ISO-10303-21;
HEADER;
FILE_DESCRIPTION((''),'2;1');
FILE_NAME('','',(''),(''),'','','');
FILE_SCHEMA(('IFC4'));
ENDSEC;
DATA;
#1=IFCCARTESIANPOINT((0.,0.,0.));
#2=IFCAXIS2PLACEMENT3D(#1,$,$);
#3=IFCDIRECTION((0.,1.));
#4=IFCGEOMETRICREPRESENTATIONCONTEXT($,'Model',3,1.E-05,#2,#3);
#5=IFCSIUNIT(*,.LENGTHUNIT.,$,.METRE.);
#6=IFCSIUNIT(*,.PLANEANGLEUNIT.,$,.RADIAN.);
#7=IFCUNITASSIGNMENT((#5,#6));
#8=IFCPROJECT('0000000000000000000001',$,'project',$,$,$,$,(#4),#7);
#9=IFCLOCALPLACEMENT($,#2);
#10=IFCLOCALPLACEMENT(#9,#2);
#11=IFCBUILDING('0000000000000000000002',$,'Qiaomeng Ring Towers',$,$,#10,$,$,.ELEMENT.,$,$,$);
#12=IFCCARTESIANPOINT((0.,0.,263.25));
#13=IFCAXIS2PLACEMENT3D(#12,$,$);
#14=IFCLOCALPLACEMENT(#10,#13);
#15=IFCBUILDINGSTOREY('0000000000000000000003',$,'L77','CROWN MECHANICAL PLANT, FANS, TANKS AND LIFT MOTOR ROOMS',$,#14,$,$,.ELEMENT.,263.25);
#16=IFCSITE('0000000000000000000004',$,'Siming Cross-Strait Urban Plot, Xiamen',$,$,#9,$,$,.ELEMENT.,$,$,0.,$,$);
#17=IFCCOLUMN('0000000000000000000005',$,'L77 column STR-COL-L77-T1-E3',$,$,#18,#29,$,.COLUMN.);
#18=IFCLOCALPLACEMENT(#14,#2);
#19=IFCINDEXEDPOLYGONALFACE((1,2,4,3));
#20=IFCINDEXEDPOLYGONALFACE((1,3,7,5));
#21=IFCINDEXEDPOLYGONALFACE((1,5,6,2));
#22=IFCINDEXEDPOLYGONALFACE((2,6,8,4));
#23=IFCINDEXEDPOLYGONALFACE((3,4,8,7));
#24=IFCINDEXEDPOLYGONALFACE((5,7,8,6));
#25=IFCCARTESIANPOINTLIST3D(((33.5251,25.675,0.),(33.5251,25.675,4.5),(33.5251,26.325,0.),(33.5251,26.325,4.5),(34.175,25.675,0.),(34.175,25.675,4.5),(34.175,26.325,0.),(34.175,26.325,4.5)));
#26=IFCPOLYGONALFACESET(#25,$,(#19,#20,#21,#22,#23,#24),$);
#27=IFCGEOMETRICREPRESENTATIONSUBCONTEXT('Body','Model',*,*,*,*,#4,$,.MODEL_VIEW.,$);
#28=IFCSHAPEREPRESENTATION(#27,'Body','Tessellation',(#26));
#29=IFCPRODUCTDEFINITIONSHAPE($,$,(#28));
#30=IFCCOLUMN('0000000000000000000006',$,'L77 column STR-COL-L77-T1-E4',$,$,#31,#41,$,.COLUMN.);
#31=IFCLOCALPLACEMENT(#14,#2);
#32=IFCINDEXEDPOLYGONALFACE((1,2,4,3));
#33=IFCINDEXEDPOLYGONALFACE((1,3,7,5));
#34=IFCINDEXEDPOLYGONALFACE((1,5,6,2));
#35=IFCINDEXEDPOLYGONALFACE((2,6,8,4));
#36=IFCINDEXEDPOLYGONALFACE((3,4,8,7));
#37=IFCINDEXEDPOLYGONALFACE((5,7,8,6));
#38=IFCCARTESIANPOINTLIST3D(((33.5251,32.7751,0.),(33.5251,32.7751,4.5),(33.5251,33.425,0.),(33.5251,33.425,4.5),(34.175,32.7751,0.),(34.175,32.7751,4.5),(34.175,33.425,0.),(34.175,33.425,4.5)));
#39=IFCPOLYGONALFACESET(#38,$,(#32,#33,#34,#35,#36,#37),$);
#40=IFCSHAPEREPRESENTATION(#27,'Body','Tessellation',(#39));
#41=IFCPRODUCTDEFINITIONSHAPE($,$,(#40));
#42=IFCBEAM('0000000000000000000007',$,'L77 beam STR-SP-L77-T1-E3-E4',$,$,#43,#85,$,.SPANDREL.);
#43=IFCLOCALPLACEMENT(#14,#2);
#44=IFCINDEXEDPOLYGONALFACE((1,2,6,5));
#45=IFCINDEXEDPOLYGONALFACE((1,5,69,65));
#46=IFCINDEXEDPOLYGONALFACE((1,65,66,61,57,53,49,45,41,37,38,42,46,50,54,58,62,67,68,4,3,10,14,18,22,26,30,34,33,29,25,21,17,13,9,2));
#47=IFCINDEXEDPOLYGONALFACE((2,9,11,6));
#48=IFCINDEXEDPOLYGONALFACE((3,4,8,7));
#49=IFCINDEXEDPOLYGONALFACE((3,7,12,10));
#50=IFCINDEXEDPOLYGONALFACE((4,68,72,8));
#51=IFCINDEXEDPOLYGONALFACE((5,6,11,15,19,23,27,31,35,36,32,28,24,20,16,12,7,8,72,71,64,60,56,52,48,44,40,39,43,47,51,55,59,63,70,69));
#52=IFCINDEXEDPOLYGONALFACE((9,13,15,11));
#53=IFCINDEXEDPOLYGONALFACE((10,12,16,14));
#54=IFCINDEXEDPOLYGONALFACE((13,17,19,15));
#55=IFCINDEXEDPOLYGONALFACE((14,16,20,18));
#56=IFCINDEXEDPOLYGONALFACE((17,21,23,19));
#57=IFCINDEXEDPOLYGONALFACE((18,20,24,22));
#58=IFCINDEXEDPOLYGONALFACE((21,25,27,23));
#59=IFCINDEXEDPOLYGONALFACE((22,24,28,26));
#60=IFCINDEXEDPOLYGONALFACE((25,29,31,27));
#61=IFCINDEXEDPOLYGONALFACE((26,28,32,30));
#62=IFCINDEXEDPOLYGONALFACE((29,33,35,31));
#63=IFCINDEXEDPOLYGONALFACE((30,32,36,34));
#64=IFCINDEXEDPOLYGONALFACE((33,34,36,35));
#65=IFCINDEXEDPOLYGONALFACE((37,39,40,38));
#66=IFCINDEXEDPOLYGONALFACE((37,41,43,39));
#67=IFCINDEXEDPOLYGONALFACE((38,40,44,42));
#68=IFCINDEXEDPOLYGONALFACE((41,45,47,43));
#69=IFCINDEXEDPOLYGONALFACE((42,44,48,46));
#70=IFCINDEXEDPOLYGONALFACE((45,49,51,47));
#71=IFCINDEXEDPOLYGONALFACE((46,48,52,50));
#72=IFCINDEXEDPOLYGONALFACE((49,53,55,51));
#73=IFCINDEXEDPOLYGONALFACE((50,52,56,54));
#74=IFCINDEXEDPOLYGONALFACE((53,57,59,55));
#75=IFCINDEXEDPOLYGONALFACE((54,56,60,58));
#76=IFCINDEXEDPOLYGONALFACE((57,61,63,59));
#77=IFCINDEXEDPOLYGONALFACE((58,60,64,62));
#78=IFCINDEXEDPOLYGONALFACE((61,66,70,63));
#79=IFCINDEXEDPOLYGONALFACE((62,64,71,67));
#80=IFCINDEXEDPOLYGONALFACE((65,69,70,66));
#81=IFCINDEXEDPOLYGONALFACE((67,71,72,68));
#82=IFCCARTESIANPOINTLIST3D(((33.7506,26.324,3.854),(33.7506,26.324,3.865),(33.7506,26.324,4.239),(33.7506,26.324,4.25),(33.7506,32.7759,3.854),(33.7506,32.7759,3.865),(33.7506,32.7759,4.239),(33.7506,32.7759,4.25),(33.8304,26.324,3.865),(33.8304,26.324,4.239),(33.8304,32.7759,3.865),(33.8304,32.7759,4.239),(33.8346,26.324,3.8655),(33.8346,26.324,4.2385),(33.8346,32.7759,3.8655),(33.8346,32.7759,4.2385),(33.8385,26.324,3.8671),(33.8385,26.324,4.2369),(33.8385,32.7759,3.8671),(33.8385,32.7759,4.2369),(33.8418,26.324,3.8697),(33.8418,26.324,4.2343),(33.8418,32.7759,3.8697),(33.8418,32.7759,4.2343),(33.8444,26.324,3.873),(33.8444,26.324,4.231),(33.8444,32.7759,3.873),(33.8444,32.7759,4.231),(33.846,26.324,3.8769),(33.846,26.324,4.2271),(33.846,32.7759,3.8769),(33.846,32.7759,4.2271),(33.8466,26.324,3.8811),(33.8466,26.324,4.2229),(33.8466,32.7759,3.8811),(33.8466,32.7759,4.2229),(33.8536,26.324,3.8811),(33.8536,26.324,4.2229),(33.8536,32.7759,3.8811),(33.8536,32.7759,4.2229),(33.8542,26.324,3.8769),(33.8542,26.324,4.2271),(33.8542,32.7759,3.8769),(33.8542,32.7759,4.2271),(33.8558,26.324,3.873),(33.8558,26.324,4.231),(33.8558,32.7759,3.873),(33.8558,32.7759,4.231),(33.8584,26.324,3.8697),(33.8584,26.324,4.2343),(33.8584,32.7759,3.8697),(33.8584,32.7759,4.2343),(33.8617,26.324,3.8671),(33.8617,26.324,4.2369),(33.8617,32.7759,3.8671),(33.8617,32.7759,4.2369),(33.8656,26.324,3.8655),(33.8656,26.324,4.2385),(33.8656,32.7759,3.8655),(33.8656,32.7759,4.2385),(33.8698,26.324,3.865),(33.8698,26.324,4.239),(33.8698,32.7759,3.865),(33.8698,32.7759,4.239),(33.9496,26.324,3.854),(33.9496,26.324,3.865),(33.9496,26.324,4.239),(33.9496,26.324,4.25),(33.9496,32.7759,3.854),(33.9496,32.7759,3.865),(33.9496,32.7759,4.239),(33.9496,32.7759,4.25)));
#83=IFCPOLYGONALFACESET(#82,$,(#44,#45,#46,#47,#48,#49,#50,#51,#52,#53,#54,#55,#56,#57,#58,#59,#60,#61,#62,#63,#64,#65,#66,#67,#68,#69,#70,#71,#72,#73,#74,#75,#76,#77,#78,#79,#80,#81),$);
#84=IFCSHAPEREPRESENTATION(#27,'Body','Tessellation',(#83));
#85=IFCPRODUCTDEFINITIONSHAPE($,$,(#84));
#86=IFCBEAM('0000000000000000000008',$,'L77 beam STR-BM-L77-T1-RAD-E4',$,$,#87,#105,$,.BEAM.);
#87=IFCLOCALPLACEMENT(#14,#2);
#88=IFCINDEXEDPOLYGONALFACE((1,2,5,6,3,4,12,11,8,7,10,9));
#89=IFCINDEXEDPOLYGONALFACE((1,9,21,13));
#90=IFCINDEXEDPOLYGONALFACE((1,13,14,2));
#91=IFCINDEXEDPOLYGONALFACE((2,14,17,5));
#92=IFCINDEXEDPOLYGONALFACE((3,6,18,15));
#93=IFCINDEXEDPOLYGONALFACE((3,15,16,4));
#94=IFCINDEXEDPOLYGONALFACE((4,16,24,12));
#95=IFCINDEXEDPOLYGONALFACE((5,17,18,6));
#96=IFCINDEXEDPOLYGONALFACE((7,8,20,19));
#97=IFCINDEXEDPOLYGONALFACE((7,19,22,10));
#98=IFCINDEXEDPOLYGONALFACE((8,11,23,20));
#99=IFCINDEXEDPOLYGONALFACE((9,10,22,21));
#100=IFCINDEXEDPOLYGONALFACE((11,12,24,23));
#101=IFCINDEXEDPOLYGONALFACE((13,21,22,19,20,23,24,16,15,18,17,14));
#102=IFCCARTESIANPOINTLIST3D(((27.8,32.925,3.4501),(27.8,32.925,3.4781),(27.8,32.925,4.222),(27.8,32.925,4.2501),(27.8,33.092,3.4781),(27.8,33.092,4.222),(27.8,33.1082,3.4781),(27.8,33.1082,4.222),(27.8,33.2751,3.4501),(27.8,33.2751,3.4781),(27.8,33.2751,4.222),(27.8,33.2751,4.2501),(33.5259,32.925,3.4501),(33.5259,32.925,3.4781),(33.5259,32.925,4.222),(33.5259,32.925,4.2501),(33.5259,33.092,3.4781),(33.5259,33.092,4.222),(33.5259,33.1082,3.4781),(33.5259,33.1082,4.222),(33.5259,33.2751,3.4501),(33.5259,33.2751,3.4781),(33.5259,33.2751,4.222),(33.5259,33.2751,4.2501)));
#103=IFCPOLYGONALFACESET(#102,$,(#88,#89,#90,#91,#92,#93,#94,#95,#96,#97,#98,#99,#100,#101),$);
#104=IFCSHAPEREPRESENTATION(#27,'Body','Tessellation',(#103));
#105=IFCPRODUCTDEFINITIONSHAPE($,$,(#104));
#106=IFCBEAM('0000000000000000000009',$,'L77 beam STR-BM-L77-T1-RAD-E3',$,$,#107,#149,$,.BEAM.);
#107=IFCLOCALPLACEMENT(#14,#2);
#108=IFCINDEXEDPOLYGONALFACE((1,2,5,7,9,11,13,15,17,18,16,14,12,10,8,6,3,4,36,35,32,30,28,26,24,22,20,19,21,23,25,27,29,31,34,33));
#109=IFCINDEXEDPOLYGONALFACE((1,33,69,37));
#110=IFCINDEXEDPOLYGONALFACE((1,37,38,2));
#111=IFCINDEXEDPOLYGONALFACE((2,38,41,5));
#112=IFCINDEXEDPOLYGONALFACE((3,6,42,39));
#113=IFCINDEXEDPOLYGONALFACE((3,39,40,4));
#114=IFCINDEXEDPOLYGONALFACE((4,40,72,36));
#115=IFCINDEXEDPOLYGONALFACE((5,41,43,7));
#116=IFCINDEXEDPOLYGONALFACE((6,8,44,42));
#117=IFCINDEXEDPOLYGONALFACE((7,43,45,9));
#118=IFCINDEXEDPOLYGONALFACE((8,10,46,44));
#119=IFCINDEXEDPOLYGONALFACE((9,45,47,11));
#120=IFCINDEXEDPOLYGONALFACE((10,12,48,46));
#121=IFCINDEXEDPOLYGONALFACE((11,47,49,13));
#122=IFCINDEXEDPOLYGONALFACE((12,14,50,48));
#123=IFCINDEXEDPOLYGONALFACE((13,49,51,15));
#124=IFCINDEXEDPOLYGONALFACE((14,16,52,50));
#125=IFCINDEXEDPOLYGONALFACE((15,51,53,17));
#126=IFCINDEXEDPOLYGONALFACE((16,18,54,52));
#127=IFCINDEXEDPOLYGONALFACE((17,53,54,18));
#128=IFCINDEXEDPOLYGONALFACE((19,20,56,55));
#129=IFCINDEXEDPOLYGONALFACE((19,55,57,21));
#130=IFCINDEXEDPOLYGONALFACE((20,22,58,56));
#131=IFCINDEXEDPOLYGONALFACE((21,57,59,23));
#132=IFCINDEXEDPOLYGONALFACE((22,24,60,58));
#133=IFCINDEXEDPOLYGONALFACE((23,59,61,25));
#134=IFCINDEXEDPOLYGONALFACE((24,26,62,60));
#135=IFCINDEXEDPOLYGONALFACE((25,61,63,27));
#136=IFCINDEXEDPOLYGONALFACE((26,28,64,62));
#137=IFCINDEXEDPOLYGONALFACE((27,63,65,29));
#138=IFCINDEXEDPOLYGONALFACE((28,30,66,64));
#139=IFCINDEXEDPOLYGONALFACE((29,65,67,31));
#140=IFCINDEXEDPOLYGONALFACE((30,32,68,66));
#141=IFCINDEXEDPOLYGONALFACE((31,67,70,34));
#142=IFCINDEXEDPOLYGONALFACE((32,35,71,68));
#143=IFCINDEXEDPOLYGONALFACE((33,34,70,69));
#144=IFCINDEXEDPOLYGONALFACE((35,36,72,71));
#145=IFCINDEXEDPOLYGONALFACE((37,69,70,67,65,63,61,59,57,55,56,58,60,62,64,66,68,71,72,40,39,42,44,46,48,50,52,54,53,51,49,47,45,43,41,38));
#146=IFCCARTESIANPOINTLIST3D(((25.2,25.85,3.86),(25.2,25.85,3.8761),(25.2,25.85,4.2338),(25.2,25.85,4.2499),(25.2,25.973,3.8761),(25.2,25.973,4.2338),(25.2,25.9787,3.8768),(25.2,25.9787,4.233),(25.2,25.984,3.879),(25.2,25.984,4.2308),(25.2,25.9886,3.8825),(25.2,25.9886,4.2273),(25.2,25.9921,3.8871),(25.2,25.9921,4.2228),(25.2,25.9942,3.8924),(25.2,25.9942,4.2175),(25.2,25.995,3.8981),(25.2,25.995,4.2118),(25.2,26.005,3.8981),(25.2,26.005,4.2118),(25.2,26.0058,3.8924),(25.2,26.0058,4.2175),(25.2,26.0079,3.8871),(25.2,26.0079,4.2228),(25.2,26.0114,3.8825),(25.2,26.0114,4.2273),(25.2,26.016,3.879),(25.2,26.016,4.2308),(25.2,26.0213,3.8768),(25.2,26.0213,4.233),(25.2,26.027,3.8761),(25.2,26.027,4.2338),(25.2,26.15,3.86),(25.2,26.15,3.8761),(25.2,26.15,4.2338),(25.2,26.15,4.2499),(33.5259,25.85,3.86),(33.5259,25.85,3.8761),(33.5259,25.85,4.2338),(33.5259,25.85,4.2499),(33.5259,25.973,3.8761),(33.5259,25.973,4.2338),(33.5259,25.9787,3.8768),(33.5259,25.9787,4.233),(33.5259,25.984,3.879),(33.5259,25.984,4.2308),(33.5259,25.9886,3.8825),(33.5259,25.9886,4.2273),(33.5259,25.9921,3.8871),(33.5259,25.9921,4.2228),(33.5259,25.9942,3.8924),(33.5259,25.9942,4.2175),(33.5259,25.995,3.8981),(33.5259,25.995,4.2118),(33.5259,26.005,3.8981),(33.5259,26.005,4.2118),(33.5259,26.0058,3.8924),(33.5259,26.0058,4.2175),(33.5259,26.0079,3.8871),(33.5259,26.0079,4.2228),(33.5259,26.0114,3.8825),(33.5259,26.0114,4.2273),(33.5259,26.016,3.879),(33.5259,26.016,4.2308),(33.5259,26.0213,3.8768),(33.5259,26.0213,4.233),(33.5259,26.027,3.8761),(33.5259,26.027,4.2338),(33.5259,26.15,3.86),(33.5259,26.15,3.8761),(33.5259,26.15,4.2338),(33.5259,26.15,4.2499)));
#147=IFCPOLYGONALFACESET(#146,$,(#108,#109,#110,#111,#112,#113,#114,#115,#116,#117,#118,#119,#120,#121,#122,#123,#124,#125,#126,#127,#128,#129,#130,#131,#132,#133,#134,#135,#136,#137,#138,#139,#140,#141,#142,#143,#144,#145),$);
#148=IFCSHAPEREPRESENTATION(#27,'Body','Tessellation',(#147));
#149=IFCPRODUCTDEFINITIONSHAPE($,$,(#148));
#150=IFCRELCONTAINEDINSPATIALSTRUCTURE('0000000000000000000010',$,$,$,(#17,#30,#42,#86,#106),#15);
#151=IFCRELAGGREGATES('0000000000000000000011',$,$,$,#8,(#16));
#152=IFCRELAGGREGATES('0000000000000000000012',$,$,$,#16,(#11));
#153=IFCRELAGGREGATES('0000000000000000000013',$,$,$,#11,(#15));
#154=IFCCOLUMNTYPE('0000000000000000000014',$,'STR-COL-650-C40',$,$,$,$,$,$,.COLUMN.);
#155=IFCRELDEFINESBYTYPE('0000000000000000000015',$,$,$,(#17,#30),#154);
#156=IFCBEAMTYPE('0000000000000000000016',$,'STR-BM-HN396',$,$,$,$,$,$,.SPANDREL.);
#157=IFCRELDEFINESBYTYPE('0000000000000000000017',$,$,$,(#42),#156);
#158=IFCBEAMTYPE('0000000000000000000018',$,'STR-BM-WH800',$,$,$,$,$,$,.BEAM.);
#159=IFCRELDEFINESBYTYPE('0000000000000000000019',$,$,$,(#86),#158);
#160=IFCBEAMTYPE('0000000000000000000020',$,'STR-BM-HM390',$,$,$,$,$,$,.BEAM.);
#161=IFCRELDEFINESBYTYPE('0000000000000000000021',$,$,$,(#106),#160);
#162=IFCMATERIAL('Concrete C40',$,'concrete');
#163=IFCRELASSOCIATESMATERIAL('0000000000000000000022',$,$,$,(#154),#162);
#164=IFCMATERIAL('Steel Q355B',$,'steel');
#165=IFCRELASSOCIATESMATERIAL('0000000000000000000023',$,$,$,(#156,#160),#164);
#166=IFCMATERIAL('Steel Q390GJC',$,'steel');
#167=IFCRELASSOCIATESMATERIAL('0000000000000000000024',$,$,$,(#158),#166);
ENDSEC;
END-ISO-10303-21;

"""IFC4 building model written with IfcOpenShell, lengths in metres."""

from ifc_helpers import new_model, si_unit, direction, frame, origin, origin_2d, place, context, subcontext, project, spatial, rectangle, i_section, extrude, source, transform, mapped, material, material_profile, profile_set, type_object, element, save


model = new_model("IFC4")

# Units and contexts
model_context = context("Model", 3, precision=1e-05, world=origin(), true_north=direction((0.0, 1.0)))
body_context = subcontext(model_context, "Body", "Model", "MODEL_VIEW")
ifc_project = project(units=[si_unit("LENGTHUNIT", "METRE"), si_unit("PLANEANGLEUNIT", "RADIAN")], contexts=[model_context])

# Site, building, storey
site_placement = place(None, origin())
site = spatial("IfcSite", under=ifc_project, at=site_placement, Name="Siming Cross-Strait Urban Plot, Xiamen", CompositionType="ELEMENT", RefElevation=0.0)
building_placement = place(site_placement, origin())
building = spatial("IfcBuilding", under=site, at=building_placement, Name="Qiaomeng Ring Towers", CompositionType="ELEMENT")
storey_placement = place(building_placement, frame((0.0, 0.0, 263.25)))
storey = spatial("IfcBuildingStorey", under=building, at=storey_placement, Name="L77", Description="CROWN MECHANICAL PLANT, FANS, TANKS AND LIFT MOTOR ROOMS", CompositionType="ELEMENT", Elevation=263.25)

# Columns
ifc_material_1 = material(Name="Concrete C40", Category="concrete")
ifc_material_profile_1 = material_profile(ifc_material_1, rectangle(XDim=0.6499, YDim=0.6499, at=origin_2d()), Name="RC COL 650x650")
ifc_profile_set_1 = profile_set([ifc_material_profile_1], Name="Concrete C40")
column_type = type_object("IfcColumnType", Name="STR-COL-650-C40", PredefinedType="COLUMN", material=ifc_profile_set_1)
shared_shape_1 = source(origin(), body_context, "Body", "SweptSolid", [
    extrude(rectangle(XDim=0.6499, YDim=0.6499, at=origin_2d()), origin(), (0.0, 0.0, 1.0), 4.5),
])
for number, where, z_axis, x_axis, name in (
    (1, (33.8501, 26.0, 0.0), (0.0, 0.0, 1.0), (1.0, 0.0, 0.0), "L77 column STR-COL-L77-T1-E3"),
    (2, (33.8501, 33.1001, 0.0), (0.0, 0.0, 1.0), (1.0, 0.0, 0.0), "L77 column STR-COL-L77-T1-E4"),
):
    element("IfcColumn", number, at=place(storey_placement, frame(where, z_axis=z_axis, x_axis=x_axis)), inside=storey, type_object=column_type, Name=name, PredefinedType="COLUMN", context=body_context, shape_type="MappedRepresentation", body=[
        mapped(shared_shape_1, transform((0.0, 0.0, 0.0), x_axis=(1.0, 0.0, 0.0), y_axis=(0.0, 1.0, 0.0), z_axis=(0.0, 0.0, 1.0), scale=1.0)),
    ])

# Beams
ifc_material_2 = material(Name="Steel Q355B", Category="steel")
ifc_material_profile_2 = material_profile(ifc_material_2, i_section(OverallWidth=0.199, OverallDepth=0.396, WebThickness=0.0071, FlangeThickness=0.011, FilletRadius=0.0161, at=origin_2d()), Name="HN 396x199x7x11")
ifc_profile_set_2 = profile_set([ifc_material_profile_2], Name="Steel Q355B")
beam_type_1 = type_object("IfcBeamType", Name="STR-BM-HN396", PredefinedType="SPANDREL", material=ifc_profile_set_2)
shared_shape_2 = source(origin(), body_context, "Body", "SweptSolid", [
    extrude(i_section(OverallWidth=0.199, OverallDepth=0.396, WebThickness=0.0071, FlangeThickness=0.011, FilletRadius=0.0161, at=origin_2d()), origin(), (0.0, 0.0, 1.0), 6.4519),
])
beam_1_placement = place(storey_placement, frame((33.8501, 26.324, 4.052), z_axis=(0.0, 1.0, 0.0), x_axis=(-1.0, 0.0, 0.0)))
element("IfcBeam", 3, at=beam_1_placement, inside=storey, type_object=beam_type_1, Name="L77 beam STR-SP-L77-T1-E3-E4", PredefinedType="SPANDREL", context=body_context, shape_type="MappedRepresentation", body=[
    mapped(shared_shape_2, transform((0.0, 0.0, 0.0), x_axis=(1.0, 0.0, 0.0), y_axis=(0.0, 1.0, 0.0), z_axis=(0.0, 0.0, 1.0), scale=1.0)),
])
ifc_material_3 = material(Name="Steel Q390GJC", Category="steel")
ifc_material_profile_3 = material_profile(ifc_material_3, i_section(OverallWidth=0.3501, OverallDepth=0.8, WebThickness=0.0161, FlangeThickness=0.0281, at=origin_2d()), Name="WH 800x350x16x28")
ifc_profile_set_3 = profile_set([ifc_material_profile_3], Name="Steel Q390GJC")
beam_type_2 = type_object("IfcBeamType", Name="STR-BM-WH800", PredefinedType="BEAM", material=ifc_profile_set_3)
shared_shape_3 = source(origin(), body_context, "Body", "SweptSolid", [
    extrude(i_section(OverallWidth=0.3501, OverallDepth=0.8, WebThickness=0.0161, FlangeThickness=0.0281, at=origin_2d()), origin(), (0.0, 0.0, 1.0), 5.7258),
])
beam_2_placement = place(storey_placement, frame((27.8, 33.1001, 3.8501), z_axis=(1.0, 0.0, 0.0), x_axis=(0.0, 1.0, 0.0)))
element("IfcBeam", 4, at=beam_2_placement, inside=storey, type_object=beam_type_2, Name="L77 beam STR-BM-L77-T1-RAD-E4", PredefinedType="BEAM", context=body_context, shape_type="MappedRepresentation", body=[
    mapped(shared_shape_3, transform((0.0, 0.0, 0.0), x_axis=(1.0, 0.0, 0.0), y_axis=(0.0, 1.0, 0.0), z_axis=(0.0, 0.0, 1.0), scale=1.0)),
])
ifc_material_profile_4 = material_profile(ifc_material_2, i_section(OverallWidth=0.3, OverallDepth=0.3899, WebThickness=0.01, FlangeThickness=0.0161, FilletRadius=0.022, at=origin_2d()), Name="HM 390x300x10x16")
ifc_profile_set_4 = profile_set([ifc_material_profile_4], Name="Steel Q355B")
beam_type_3 = type_object("IfcBeamType", Name="STR-BM-HM390", PredefinedType="BEAM", material=ifc_profile_set_4)
shared_shape_4 = source(origin(), body_context, "Body", "SweptSolid", [
    extrude(i_section(OverallWidth=0.3, OverallDepth=0.3899, WebThickness=0.01, FlangeThickness=0.0161, FilletRadius=0.022, at=origin_2d()), origin(), (0.0, 0.0, 1.0), 8.3259),
])
beam_3_placement = place(storey_placement, frame((25.2, 26.0, 4.0549), z_axis=(1.0, 0.0, 0.0), x_axis=(0.0, 1.0, 0.0)))
element("IfcBeam", 5, at=beam_3_placement, inside=storey, type_object=beam_type_3, Name="L77 beam STR-BM-L77-T1-RAD-E3", PredefinedType="BEAM", context=body_context, shape_type="MappedRepresentation", body=[
    mapped(shared_shape_4, transform((0.0, 0.0, 0.0), x_axis=(1.0, 0.0, 0.0), y_axis=(0.0, 1.0, 0.0), z_axis=(0.0, 0.0, 1.0), scale=1.0)),
])

save(model, "model.ifc")
